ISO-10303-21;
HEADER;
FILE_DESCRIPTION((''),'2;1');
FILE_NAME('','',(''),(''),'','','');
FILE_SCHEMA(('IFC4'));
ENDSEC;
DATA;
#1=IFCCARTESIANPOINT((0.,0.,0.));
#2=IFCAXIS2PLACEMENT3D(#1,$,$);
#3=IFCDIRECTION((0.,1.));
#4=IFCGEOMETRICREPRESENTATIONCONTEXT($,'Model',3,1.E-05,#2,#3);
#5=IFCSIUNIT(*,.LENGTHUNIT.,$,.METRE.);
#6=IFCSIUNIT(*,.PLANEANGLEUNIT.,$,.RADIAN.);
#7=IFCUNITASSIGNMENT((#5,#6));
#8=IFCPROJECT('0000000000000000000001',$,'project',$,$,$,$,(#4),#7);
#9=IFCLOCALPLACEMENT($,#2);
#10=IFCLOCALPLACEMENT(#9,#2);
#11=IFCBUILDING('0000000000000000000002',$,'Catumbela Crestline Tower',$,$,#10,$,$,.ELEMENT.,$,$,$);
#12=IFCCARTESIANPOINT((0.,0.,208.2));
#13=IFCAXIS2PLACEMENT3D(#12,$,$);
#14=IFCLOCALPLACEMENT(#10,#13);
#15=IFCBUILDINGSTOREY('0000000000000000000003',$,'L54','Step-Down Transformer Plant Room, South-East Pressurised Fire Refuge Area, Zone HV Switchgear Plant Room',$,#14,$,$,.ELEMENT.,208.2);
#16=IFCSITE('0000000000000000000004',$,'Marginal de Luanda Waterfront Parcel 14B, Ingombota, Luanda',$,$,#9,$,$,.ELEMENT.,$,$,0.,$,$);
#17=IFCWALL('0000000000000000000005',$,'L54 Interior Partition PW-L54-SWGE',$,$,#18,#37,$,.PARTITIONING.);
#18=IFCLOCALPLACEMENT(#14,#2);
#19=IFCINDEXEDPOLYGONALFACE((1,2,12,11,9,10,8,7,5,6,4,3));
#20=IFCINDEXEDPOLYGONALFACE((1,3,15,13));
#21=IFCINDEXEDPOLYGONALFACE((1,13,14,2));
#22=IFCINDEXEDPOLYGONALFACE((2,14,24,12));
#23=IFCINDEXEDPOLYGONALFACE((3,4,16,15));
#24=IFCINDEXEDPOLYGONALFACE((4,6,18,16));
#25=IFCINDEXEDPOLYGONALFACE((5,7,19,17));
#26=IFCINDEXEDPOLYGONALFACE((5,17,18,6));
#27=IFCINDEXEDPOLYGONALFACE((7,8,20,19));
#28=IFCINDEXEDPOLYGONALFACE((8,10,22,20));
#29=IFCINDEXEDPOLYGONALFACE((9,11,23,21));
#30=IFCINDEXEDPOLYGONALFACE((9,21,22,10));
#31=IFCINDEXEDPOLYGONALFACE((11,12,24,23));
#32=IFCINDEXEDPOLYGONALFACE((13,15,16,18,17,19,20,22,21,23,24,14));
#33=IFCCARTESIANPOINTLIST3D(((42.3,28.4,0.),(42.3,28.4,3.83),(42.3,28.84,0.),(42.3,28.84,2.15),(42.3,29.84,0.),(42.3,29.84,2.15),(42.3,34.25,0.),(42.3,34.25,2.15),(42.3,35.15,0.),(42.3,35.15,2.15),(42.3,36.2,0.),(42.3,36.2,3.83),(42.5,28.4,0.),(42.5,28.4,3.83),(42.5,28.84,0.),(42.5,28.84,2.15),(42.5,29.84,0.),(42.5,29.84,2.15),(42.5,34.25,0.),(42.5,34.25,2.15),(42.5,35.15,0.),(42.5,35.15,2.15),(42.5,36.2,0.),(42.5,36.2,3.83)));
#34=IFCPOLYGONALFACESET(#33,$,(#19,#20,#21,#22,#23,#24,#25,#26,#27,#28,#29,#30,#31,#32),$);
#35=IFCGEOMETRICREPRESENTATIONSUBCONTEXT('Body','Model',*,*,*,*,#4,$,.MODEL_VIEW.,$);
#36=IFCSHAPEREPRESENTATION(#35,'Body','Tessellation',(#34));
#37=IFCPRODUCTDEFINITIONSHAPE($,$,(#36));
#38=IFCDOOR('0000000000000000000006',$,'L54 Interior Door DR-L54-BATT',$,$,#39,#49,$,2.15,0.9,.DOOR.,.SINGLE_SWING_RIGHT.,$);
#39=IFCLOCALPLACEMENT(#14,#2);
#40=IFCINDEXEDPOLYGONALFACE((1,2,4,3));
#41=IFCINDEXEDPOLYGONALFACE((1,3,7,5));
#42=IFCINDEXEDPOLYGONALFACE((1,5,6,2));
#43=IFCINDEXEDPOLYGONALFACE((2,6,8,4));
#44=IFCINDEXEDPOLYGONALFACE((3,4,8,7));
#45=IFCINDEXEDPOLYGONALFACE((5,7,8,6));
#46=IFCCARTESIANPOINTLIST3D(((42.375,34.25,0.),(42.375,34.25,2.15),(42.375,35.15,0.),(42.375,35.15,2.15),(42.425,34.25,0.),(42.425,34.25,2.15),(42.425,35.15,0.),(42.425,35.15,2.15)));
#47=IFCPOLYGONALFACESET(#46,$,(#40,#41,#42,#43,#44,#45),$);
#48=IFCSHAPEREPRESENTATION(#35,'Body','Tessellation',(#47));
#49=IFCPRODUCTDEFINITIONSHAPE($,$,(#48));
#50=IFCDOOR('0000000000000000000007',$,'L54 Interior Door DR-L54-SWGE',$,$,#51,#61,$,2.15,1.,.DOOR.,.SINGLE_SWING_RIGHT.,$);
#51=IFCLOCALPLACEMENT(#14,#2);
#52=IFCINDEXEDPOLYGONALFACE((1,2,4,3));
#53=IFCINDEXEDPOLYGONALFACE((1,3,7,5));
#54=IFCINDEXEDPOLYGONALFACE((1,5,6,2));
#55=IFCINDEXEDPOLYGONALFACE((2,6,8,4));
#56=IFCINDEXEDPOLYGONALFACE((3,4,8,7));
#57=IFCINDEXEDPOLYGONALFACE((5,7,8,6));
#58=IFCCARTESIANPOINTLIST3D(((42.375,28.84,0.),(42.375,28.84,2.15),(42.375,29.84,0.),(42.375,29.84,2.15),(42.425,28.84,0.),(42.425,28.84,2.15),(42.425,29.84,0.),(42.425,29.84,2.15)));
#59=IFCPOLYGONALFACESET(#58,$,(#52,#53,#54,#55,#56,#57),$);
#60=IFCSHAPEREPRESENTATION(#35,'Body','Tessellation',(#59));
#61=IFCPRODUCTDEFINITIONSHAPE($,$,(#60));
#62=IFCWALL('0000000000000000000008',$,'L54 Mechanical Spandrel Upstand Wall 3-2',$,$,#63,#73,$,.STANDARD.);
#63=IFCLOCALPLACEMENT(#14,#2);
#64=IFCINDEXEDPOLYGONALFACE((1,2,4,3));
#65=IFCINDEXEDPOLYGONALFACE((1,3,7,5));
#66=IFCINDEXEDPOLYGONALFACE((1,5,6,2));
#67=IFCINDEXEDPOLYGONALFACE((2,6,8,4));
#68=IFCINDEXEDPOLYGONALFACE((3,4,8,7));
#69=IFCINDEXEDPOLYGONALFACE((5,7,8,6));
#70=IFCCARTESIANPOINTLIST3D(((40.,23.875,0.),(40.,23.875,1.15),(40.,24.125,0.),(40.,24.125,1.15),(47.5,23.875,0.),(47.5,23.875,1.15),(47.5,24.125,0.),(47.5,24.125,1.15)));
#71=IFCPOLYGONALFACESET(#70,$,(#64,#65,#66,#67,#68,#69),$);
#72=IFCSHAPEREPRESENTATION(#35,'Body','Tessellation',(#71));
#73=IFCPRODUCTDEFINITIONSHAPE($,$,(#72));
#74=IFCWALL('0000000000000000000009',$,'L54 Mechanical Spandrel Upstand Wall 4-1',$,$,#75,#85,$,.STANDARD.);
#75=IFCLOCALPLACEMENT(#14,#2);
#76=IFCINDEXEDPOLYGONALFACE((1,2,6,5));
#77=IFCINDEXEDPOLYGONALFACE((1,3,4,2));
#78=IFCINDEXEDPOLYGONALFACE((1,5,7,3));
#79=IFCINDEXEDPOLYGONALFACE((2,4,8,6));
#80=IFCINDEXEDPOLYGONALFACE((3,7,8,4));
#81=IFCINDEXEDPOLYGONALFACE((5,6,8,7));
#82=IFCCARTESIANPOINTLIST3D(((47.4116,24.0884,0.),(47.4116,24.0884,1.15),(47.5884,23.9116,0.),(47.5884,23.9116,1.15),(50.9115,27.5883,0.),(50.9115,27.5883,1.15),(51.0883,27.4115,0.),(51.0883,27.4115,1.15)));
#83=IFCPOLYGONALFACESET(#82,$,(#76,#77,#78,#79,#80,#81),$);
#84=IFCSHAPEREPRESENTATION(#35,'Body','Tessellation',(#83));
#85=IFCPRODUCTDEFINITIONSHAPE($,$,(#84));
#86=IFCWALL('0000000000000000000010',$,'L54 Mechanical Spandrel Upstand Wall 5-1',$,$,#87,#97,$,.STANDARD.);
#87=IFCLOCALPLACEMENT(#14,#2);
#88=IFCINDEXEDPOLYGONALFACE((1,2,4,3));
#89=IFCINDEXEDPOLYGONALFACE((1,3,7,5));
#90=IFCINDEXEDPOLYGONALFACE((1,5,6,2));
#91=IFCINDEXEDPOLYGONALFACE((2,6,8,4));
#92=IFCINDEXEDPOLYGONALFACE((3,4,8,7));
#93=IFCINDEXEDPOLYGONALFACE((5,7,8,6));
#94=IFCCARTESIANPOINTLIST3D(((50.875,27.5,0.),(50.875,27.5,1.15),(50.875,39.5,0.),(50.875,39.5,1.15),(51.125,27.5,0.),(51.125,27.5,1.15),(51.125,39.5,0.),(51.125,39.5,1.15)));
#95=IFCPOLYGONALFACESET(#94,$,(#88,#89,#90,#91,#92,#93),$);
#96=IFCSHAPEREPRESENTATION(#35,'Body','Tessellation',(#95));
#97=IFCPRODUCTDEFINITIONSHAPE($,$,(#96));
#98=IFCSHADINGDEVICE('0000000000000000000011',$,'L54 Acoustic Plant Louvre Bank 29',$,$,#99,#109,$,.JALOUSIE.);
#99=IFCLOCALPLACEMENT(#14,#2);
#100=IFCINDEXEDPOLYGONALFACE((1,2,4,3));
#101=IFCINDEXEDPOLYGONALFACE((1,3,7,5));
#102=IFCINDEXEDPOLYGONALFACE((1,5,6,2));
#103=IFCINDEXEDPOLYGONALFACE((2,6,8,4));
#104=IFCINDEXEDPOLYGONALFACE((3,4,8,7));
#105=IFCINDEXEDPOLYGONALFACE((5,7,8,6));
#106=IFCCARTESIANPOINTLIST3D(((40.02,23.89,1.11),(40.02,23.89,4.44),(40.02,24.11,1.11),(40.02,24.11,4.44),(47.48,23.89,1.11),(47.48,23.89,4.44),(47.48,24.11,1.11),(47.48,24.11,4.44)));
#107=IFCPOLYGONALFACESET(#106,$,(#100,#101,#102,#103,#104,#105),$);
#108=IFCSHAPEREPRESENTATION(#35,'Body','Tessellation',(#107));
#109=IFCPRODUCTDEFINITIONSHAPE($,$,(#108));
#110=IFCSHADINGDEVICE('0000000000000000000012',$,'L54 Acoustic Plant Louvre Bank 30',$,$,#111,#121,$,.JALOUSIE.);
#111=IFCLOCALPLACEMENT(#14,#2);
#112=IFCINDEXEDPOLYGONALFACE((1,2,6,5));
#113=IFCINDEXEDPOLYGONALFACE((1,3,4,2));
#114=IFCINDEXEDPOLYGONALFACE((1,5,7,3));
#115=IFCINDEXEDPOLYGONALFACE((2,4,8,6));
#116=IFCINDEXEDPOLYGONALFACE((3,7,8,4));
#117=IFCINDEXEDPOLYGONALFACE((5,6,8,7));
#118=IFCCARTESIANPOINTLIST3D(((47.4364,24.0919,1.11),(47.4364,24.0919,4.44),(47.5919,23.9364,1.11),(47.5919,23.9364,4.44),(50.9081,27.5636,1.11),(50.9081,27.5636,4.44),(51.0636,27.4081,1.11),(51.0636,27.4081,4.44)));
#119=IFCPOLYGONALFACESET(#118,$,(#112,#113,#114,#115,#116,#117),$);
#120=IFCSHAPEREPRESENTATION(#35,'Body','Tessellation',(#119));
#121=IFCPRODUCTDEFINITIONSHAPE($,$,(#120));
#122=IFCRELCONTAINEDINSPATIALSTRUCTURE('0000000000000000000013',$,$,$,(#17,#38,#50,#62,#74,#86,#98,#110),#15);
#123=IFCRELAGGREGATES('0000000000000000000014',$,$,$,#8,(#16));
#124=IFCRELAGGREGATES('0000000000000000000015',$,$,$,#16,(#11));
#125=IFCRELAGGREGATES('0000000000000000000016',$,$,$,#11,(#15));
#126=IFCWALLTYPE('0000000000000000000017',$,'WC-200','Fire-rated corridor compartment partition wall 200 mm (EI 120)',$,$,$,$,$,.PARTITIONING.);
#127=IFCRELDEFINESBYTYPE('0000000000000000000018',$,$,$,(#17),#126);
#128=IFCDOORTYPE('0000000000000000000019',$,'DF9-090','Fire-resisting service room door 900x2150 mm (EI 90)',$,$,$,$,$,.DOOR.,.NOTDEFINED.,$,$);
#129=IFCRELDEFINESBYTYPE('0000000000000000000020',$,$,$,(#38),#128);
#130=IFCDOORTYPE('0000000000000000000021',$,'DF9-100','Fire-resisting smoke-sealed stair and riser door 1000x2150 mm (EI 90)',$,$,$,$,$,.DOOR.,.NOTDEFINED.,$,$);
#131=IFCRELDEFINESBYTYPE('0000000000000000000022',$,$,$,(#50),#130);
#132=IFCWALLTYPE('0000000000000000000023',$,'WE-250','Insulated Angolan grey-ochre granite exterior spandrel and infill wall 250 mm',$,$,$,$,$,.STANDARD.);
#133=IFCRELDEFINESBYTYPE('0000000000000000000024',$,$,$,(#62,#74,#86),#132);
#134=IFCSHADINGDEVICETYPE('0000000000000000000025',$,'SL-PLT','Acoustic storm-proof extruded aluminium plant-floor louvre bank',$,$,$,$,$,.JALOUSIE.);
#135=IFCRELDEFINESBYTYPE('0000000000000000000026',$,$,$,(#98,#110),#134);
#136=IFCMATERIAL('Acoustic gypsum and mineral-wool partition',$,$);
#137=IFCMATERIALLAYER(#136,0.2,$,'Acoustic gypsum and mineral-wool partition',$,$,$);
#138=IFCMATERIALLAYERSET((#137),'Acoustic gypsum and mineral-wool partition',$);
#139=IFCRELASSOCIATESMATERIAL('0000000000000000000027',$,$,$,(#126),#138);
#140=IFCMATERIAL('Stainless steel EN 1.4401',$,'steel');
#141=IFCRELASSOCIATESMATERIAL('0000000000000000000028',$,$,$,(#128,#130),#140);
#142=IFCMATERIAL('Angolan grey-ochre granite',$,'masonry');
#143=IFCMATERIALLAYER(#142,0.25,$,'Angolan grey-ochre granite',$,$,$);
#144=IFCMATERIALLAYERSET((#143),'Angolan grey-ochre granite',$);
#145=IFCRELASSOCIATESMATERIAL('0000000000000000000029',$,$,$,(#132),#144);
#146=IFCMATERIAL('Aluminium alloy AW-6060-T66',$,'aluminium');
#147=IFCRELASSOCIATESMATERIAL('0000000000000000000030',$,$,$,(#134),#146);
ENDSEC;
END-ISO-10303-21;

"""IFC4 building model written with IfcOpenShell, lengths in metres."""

from ifc_helpers import new_model, si_unit, direction, frame, frame_2d, origin, origin_2d, place, context, subcontext, project, spatial, rectangle, extrude, material, layer, layer_set, type_object, element, fill, save


model = new_model("IFC4")

# Units and contexts
model_context = context("Model", 3, precision=1e-05, world=origin(), true_north=direction((0.0, 1.0)))
body_context = subcontext(model_context, "Body", "Model", "MODEL_VIEW")
ifc_project = project(units=[si_unit("LENGTHUNIT", "METRE"), si_unit("PLANEANGLEUNIT", "RADIAN")], contexts=[model_context])

# Site, building, storey
site_placement = place(None, origin())
site = spatial("IfcSite", under=ifc_project, at=site_placement, Name="Marginal de Luanda Waterfront Parcel 14B, Ingombota, Luanda", CompositionType="ELEMENT", RefElevation=0.0)
building_placement = place(site_placement, origin())
building = spatial("IfcBuilding", under=site, at=building_placement, Name="Catumbela Crestline Tower", CompositionType="ELEMENT")
storey_placement = place(building_placement, frame((0.0, 0.0, 208.2)))
storey = spatial("IfcBuildingStorey", under=building, at=storey_placement, Name="L54", Description="Step-Down Transformer Plant Room, South-East Pressurised Fire Refuge Area, Zone HV Switchgear Plant Room", CompositionType="ELEMENT", Elevation=208.2)

# Shared definitions
ifc_material_1 = material(Name="Acoustic gypsum and mineral-wool partition")
ifc_layer_1 = layer(ifc_material_1, 0.2, Name="Acoustic gypsum and mineral-wool partition")
ifc_layer_set_1 = layer_set([ifc_layer_1], Name="Acoustic gypsum and mineral-wool partition")
wall_type_1 = type_object("IfcWallType", Name="WC-200", Description="Fire-rated corridor compartment partition wall 200 mm (EI 120)", PredefinedType="PARTITIONING", material=ifc_layer_set_1)

# Wall, openings, doors
wall_1_placement = place(storey_placement, frame((42.4, 28.4, 0.0), z_axis=(0.0, 0.0, 1.0), x_axis=(0.0, 1.0, 0.0)))
wall_1 = element("IfcWall", 1, at=wall_1_placement, inside=storey, type_object=wall_type_1, Name="L54 Interior Partition PW-L54-SWGE", PredefinedType="PARTITIONING", context=body_context, shape_type="SweptSolid", body=[
    extrude(rectangle(XDim=7.8, YDim=0.2, at=frame_2d((3.9, 0.0))), origin(), (0.0, 0.0, 1.0), 3.83),
])
opening_1_placement = place(wall_1_placement, frame((0.44, 0.0, 0.0)))
opening_1 = element("IfcOpeningElement", 2, at=opening_1_placement, cuts=wall_1, PredefinedType="OPENING", context=body_context, shape_type="SweptSolid", body=[
    extrude(rectangle(XDim=1.0, YDim=2.15, at=frame_2d((0.5, 1.075))), frame((0.0, 0.11, 0.0), z_axis=(0.0, -1.0, 0.0), x_axis=(1.0, 0.0, 0.0)), (0.0, 0.0, 1.0), 0.22),
])
opening_2_placement = place(wall_1_placement, frame((5.85, 0.0, 0.0)))
opening_2 = element("IfcOpeningElement", 3, at=opening_2_placement, cuts=wall_1, PredefinedType="OPENING", context=body_context, shape_type="SweptSolid", body=[
    extrude(rectangle(XDim=0.9, YDim=2.15, at=frame_2d((0.45, 1.075))), frame((0.0, 0.11, 0.0), z_axis=(0.0, -1.0, 0.0), x_axis=(1.0, 0.0, 0.0)), (0.0, 0.0, 1.0), 0.22),
])
ifc_material_2 = material(Name="Stainless steel EN 1.4401", Category="steel")
door_type_1 = type_object("IfcDoorType", Name="DF9-090", Description="Fire-resisting service room door 900x2150 mm (EI 90)", OperationType="NOTDEFINED", PredefinedType="DOOR", material=ifc_material_2)
door_1_placement = place(opening_2_placement, origin())
door_1 = element("IfcDoor", 4, at=door_1_placement, inside=storey, type_object=door_type_1, Name="L54 Interior Door DR-L54-BATT", OperationType="SINGLE_SWING_RIGHT", OverallHeight=2.15, OverallWidth=0.9, PredefinedType="DOOR", context=body_context, shape_type="SweptSolid", body=[
    extrude(rectangle(XDim=0.9, YDim=2.15, at=frame_2d((0.45, 1.075))), frame((0.0, 0.025, 0.0), z_axis=(0.0, -1.0, 0.0), x_axis=(1.0, 0.0, 0.0)), (0.0, 0.0, 1.0), 0.05),
])
fill(opening_2, door_1)
door_type_2 = type_object("IfcDoorType", Name="DF9-100", Description="Fire-resisting smoke-sealed stair and riser door 1000x2150 mm (EI 90)", OperationType="NOTDEFINED", PredefinedType="DOOR", material=ifc_material_2)
door_2_placement = place(opening_1_placement, origin())
door_2 = element("IfcDoor", 5, at=door_2_placement, inside=storey, type_object=door_type_2, Name="L54 Interior Door DR-L54-SWGE", OperationType="SINGLE_SWING_RIGHT", OverallHeight=2.15, OverallWidth=1.0, PredefinedType="DOOR", context=body_context, shape_type="SweptSolid", body=[
    extrude(rectangle(XDim=1.0, YDim=2.15, at=frame_2d((0.5, 1.075))), frame((0.0, 0.025, 0.0), z_axis=(0.0, -1.0, 0.0), x_axis=(1.0, 0.0, 0.0)), (0.0, 0.0, 1.0), 0.05),
])
fill(opening_1, door_2)

# Walls
ifc_material_3 = material(Name="Angolan grey-ochre granite", Category="masonry")
ifc_layer_2 = layer(ifc_material_3, 0.25, Name="Angolan grey-ochre granite")
ifc_layer_set_2 = layer_set([ifc_layer_2], Name="Angolan grey-ochre granite")
wall_type_2 = type_object("IfcWallType", Name="WE-250", Description="Insulated Angolan grey-ochre granite exterior spandrel and infill wall 250 mm", PredefinedType="STANDARD", material=ifc_layer_set_2)
wall_2_placement = place(storey_placement, frame((40.0, 24.0, 0.0), z_axis=(0.0, 0.0, 1.0), x_axis=(1.0, 0.0, 0.0)))
element("IfcWall", 6, at=wall_2_placement, inside=storey, type_object=wall_type_2, Name="L54 Mechanical Spandrel Upstand Wall 3-2", PredefinedType="STANDARD", context=body_context, shape_type="SweptSolid", body=[
    extrude(rectangle(XDim=7.5, YDim=0.25, at=frame_2d((3.75, 0.0))), origin(), (0.0, 0.0, 1.0), 1.15),
])
wall_3_placement = place(storey_placement, frame((47.5, 24.0, 0.0), z_axis=(0.0, 0.0, 1.0), x_axis=(0.707107, 0.707107, 0.0)))
element("IfcWall", 7, at=wall_3_placement, inside=storey, type_object=wall_type_2, Name="L54 Mechanical Spandrel Upstand Wall 4-1", PredefinedType="STANDARD", context=body_context, shape_type="SweptSolid", body=[
    extrude(rectangle(XDim=4.9497, YDim=0.25, at=frame_2d((2.4748, 0.0))), origin(), (0.0, 0.0, 1.0), 1.15),
])
wall_4_placement = place(storey_placement, frame((51.0, 27.5, 0.0), z_axis=(0.0, 0.0, 1.0), x_axis=(0.0, 1.0, 0.0)))
element("IfcWall", 8, at=wall_4_placement, inside=storey, type_object=wall_type_2, Name="L54 Mechanical Spandrel Upstand Wall 5-1", PredefinedType="STANDARD", context=body_context, shape_type="SweptSolid", body=[
    extrude(rectangle(XDim=12.0, YDim=0.25, at=frame_2d((6.0, 0.0))), origin(), (0.0, 0.0, 1.0), 1.15),
])

# Shading devices
ifc_material_4 = material(Name="Aluminium alloy AW-6060-T66", Category="aluminium")
shading_device_type = type_object("IfcShadingDeviceType", Name="SL-PLT", Description="Acoustic storm-proof extruded aluminium plant-floor louvre bank", PredefinedType="JALOUSIE", material=ifc_material_4)
shading_device_1_placement = place(storey_placement, frame((43.75, 24.0, 1.11), z_axis=(0.0, 0.0, 1.0), x_axis=(1.0, 0.0, 0.0)))
element("IfcShadingDevice", 9, at=shading_device_1_placement, inside=storey, type_object=shading_device_type, Name="L54 Acoustic Plant Louvre Bank 29", PredefinedType="JALOUSIE", context=body_context, shape_type="SweptSolid", body=[
    extrude(rectangle(XDim=7.46, YDim=0.22, at=origin_2d()), origin(), (0.0, 0.0, 1.0), 3.33),
])
shading_device_2_placement = place(storey_placement, frame((49.25, 25.75, 1.11), z_axis=(0.0, 0.0, 1.0), x_axis=(0.707107, 0.707107, 0.0)))
element("IfcShadingDevice", 10, at=shading_device_2_placement, inside=storey, type_object=shading_device_type, Name="L54 Acoustic Plant Louvre Bank 30", PredefinedType="JALOUSIE", context=body_context, shape_type="SweptSolid", body=[
    extrude(rectangle(XDim=4.9097, YDim=0.22, at=origin_2d()), origin(), (0.0, 0.0, 1.0), 3.33),
])

save(model, "model.ifc")
